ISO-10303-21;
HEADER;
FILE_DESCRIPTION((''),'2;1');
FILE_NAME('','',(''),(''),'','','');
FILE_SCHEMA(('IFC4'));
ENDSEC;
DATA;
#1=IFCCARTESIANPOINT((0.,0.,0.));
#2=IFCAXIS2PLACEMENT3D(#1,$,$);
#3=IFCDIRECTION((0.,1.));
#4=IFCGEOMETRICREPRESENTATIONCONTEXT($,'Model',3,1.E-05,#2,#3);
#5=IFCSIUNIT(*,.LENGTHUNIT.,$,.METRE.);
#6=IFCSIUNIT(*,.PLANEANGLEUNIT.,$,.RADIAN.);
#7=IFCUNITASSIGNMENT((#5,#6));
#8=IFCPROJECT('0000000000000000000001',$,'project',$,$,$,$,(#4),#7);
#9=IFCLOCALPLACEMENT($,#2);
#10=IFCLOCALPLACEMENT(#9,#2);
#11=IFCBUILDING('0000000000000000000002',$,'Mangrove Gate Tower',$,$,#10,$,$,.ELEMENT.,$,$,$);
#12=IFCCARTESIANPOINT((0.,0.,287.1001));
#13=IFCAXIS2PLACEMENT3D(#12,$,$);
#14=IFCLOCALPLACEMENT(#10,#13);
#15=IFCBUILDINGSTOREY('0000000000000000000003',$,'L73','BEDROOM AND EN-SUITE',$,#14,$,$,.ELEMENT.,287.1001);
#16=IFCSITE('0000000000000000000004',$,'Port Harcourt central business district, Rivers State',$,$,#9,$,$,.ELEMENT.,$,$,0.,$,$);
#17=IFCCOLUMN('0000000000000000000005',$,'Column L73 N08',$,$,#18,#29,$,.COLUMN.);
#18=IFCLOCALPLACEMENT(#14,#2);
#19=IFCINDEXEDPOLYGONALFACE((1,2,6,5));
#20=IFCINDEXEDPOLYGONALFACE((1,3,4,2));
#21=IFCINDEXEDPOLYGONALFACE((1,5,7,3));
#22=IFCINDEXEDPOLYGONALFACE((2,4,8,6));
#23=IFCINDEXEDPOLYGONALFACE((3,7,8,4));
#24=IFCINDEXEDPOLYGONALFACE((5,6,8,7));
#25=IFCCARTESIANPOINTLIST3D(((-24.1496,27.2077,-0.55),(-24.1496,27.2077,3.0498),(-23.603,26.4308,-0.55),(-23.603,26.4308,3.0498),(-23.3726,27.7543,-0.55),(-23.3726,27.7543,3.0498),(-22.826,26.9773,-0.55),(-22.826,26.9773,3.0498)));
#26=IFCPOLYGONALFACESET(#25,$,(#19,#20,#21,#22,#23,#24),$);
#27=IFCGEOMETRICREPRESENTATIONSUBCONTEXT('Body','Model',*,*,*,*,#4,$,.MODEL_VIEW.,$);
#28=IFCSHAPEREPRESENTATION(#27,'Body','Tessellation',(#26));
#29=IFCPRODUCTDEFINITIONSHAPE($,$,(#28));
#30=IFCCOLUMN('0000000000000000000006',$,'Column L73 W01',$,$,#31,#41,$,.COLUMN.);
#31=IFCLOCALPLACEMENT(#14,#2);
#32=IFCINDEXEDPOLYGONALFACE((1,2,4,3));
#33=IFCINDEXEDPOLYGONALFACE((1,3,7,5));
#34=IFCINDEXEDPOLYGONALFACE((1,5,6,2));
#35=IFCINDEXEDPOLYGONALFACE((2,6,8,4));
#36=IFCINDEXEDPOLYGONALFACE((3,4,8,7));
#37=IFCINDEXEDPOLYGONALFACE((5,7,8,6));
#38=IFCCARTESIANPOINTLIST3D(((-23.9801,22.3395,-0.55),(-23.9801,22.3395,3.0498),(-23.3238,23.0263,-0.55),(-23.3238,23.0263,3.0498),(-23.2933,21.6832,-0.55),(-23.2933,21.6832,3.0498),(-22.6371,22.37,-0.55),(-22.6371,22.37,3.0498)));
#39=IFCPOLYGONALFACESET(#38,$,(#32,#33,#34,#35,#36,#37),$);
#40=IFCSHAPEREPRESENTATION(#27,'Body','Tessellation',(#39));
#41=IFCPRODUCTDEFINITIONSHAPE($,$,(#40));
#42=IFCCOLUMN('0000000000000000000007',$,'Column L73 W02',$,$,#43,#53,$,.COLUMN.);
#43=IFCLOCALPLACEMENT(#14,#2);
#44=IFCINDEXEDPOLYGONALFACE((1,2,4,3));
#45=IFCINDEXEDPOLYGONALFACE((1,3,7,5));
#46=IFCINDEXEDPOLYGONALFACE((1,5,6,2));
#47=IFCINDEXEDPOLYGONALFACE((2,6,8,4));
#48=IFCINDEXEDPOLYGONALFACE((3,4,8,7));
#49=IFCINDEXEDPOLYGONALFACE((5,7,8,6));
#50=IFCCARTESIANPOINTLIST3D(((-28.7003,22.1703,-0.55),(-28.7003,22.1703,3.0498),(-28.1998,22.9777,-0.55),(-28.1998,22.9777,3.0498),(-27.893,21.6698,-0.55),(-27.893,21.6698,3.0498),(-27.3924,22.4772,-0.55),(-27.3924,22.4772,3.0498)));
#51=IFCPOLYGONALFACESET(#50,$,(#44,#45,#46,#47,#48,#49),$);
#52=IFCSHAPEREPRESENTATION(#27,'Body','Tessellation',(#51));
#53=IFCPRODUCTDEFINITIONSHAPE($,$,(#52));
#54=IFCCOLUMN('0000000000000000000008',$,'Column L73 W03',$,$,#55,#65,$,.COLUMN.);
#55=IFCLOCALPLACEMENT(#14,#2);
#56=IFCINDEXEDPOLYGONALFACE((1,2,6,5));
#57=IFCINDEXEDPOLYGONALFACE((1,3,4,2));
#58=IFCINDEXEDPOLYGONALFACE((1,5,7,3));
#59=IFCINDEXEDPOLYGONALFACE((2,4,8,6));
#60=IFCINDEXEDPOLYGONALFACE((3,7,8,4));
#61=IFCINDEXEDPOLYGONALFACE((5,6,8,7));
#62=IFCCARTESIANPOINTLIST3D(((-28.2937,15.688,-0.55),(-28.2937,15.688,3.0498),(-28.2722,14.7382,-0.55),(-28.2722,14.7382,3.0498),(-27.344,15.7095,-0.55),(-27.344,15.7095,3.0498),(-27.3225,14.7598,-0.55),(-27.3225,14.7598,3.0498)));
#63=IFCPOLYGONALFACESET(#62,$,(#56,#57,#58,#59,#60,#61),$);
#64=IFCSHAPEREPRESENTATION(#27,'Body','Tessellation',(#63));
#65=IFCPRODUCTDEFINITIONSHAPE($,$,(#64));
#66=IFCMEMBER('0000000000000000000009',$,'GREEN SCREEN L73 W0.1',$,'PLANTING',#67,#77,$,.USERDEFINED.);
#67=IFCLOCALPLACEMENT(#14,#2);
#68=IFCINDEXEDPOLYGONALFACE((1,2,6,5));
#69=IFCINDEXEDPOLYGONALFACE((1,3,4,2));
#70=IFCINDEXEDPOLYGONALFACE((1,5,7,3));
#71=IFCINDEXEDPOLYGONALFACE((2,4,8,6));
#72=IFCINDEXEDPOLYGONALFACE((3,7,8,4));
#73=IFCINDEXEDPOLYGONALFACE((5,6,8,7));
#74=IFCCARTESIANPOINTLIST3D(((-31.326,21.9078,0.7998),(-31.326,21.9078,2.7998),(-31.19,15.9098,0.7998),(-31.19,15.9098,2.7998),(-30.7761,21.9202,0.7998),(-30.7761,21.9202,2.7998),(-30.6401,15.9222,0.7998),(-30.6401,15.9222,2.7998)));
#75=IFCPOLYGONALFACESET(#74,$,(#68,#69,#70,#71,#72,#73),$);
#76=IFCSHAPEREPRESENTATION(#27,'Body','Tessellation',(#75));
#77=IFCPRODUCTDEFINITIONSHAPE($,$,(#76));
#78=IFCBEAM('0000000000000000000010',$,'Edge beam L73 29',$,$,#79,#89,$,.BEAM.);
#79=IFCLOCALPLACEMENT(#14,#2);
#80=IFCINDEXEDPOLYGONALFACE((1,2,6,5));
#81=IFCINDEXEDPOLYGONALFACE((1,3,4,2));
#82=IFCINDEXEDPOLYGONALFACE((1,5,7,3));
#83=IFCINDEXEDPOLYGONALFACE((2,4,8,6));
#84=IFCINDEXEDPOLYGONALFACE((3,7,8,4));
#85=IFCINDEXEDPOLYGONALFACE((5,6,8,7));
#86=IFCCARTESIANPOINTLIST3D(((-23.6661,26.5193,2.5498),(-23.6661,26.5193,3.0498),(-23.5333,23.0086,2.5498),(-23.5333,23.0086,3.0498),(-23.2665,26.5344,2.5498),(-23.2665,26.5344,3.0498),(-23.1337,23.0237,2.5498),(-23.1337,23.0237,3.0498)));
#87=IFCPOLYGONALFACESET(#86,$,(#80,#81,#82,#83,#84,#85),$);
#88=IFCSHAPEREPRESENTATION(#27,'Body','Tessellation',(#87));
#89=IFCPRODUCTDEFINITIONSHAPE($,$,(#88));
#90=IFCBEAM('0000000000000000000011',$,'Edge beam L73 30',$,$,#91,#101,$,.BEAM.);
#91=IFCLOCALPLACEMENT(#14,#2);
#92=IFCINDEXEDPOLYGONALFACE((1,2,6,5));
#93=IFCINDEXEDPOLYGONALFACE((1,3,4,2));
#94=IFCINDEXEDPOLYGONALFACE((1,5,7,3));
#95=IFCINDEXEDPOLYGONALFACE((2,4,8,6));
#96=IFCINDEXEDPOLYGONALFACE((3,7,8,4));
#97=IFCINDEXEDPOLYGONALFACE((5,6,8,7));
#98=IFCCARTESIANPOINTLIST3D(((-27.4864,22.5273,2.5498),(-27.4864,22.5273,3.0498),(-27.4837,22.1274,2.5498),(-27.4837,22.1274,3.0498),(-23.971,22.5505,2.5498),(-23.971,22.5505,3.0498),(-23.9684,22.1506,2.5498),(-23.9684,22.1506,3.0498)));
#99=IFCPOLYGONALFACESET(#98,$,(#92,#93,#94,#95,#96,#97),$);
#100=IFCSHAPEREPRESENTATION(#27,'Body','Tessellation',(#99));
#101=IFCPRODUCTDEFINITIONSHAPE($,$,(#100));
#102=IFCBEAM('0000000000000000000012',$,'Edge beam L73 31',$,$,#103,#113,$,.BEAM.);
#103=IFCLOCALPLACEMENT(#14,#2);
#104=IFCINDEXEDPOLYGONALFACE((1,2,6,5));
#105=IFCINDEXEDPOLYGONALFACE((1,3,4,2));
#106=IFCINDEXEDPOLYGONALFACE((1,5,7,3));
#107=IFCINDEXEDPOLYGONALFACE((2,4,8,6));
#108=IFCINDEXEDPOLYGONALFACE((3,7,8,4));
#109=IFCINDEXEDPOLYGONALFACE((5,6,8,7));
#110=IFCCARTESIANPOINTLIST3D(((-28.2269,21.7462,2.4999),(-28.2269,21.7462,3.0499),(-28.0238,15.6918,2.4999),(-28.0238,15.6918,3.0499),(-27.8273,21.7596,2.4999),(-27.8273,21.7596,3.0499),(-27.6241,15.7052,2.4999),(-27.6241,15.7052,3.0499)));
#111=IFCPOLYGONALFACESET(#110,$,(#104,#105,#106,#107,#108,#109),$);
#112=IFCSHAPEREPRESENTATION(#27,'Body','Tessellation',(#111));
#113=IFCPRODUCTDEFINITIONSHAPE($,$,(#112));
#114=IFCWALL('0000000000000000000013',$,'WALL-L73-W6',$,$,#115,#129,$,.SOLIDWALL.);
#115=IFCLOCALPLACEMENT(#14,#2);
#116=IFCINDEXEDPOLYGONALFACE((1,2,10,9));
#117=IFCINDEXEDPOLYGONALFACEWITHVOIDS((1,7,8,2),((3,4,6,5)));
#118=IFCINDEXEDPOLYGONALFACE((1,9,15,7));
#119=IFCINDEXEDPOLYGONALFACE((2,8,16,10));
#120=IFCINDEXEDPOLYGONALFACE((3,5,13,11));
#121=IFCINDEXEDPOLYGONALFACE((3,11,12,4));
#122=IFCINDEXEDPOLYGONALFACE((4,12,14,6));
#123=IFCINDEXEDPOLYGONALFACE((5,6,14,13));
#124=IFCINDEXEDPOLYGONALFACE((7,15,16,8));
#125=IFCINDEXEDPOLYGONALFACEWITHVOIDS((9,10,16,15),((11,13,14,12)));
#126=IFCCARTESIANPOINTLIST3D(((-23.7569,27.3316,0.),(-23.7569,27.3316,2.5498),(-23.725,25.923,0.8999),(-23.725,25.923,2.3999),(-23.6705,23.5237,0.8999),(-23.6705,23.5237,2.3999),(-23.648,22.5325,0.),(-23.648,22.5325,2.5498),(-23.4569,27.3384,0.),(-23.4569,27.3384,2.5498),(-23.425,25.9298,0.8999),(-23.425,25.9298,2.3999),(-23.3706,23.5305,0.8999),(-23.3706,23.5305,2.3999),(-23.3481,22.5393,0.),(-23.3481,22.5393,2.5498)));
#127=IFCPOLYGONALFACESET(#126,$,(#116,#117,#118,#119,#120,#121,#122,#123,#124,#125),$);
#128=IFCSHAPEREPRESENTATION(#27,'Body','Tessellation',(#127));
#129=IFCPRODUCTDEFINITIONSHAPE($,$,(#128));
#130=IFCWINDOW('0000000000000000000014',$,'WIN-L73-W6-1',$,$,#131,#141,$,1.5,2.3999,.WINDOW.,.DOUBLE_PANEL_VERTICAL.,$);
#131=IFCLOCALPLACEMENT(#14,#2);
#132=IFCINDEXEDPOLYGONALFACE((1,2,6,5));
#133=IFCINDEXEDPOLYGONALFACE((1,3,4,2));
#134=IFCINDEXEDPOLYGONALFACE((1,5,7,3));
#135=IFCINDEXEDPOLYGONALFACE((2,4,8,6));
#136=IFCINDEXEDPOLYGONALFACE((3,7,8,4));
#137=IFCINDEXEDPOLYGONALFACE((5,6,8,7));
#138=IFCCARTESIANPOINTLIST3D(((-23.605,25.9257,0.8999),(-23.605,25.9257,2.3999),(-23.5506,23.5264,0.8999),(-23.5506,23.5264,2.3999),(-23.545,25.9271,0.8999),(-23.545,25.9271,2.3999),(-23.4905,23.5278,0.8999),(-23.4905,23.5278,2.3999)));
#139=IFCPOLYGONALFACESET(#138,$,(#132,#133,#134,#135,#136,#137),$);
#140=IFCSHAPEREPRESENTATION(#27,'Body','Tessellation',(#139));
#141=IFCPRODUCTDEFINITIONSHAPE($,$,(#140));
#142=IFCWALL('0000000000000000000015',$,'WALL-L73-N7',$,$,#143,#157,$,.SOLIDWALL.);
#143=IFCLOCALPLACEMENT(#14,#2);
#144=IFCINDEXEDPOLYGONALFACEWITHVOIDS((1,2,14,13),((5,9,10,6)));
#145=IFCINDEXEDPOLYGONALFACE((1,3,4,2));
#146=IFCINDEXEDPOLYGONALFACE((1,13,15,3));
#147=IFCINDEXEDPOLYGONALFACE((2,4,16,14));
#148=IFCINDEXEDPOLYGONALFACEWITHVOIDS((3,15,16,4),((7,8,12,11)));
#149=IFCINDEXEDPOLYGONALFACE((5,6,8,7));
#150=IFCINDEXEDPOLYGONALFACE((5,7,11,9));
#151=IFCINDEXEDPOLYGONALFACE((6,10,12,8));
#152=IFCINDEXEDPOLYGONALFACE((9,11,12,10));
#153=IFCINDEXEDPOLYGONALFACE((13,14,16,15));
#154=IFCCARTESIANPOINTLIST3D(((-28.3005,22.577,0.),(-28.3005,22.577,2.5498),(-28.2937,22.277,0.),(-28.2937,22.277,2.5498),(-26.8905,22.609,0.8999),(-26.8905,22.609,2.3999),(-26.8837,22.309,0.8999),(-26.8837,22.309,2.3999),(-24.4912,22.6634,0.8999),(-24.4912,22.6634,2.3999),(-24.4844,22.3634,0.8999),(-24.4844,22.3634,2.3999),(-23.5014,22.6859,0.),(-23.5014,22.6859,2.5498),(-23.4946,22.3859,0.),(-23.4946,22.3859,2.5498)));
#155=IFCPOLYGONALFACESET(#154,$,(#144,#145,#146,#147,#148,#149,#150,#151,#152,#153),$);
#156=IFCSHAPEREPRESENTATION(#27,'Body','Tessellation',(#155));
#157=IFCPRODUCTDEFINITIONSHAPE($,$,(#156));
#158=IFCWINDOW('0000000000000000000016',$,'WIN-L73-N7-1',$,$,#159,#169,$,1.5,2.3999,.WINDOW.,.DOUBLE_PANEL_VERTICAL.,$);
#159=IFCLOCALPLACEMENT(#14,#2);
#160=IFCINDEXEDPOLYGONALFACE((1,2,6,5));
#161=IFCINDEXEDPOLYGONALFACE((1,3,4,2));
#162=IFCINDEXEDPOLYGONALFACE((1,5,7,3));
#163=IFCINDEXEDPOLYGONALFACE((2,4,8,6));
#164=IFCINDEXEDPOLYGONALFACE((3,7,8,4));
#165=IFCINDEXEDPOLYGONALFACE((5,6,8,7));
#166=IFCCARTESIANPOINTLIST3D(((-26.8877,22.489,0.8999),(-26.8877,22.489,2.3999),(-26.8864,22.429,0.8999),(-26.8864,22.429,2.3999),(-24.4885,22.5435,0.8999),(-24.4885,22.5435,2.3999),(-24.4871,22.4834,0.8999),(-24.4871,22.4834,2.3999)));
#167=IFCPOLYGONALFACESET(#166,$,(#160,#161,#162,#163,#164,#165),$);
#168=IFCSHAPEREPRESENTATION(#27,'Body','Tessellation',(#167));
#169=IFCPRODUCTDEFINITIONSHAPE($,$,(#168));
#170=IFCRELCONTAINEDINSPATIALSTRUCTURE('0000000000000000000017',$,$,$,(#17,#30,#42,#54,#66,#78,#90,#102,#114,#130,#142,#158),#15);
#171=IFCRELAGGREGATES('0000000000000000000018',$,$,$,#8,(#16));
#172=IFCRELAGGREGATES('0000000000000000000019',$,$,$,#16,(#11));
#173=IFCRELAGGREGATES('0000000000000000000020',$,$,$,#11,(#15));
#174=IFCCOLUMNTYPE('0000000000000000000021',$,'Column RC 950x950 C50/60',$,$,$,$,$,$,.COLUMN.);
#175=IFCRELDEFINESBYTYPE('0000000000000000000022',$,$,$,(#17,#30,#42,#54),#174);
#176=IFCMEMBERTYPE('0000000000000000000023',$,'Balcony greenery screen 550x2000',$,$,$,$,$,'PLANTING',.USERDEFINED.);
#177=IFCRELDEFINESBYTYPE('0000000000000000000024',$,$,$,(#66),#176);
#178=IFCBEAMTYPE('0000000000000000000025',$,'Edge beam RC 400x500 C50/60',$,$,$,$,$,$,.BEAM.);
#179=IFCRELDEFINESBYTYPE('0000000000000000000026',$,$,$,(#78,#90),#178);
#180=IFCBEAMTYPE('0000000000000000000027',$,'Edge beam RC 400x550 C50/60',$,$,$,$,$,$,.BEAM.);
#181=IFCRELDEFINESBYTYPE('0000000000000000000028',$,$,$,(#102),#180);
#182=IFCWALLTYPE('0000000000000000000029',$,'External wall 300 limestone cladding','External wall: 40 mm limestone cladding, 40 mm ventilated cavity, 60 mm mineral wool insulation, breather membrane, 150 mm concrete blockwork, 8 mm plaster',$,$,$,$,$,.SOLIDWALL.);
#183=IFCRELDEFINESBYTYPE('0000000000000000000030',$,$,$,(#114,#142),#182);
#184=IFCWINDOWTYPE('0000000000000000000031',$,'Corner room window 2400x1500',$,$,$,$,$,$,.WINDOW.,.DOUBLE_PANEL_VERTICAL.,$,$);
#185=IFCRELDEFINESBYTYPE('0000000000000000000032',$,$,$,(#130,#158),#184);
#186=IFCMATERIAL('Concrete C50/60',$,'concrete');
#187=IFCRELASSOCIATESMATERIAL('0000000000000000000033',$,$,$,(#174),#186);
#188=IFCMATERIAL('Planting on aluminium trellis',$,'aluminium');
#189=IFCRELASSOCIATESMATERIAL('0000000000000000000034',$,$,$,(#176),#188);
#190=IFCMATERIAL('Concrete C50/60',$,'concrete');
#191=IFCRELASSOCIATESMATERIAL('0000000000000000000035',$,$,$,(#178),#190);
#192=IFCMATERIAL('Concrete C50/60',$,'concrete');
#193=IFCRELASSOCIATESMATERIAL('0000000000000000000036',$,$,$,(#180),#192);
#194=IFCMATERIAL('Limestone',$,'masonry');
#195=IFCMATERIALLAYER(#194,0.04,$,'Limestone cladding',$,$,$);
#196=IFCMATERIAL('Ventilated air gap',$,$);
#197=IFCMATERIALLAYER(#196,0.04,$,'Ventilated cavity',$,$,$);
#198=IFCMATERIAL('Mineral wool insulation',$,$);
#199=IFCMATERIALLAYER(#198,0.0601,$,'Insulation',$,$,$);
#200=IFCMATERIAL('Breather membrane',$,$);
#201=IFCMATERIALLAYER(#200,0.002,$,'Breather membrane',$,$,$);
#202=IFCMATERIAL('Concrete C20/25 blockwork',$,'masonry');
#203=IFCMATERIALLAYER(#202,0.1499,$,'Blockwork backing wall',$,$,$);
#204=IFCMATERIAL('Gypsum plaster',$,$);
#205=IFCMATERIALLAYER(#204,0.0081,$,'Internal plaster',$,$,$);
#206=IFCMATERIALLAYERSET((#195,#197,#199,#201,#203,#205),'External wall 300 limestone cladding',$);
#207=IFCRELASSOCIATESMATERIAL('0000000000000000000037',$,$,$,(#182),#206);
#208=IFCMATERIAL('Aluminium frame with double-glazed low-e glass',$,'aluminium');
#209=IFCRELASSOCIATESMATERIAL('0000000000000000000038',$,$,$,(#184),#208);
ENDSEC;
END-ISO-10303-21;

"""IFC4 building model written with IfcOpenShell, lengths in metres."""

from ifc_helpers import new_model, si_unit, direction, frame, frame_2d, origin, origin_2d, place, context, subcontext, project, spatial, rectangle, extrude, material, layer, layer_set, material_profile, profile_set, type_object, element, fill, save


model = new_model("IFC4")

# Units and contexts
model_context = context("Model", 3, precision=1e-05, world=origin(), true_north=direction((0.0, 1.0)))
body_context = subcontext(model_context, "Body", "Model", "MODEL_VIEW")
ifc_project = project(units=[si_unit("LENGTHUNIT", "METRE"), si_unit("PLANEANGLEUNIT", "RADIAN")], contexts=[model_context])

# Site, building, storey
site_placement = place(None, origin())
site = spatial("IfcSite", under=ifc_project, at=site_placement, Name="Port Harcourt central business district, Rivers State", CompositionType="ELEMENT", RefElevation=0.0)
building_placement = place(site_placement, origin())
building = spatial("IfcBuilding", under=site, at=building_placement, Name="Mangrove Gate Tower", CompositionType="ELEMENT")
storey_placement = place(building_placement, frame((0.0, 0.0, 287.1001)))
storey = spatial("IfcBuildingStorey", under=building, at=storey_placement, Name="L73", Description="BEDROOM AND EN-SUITE", CompositionType="ELEMENT", Elevation=287.1001)

# Columns
ifc_material_1 = material(Name="Concrete C50/60", Category="concrete")
ifc_material_profile_1 = material_profile(ifc_material_1, rectangle(XDim=0.95, YDim=0.95, at=origin_2d()))
ifc_profile_set_1 = profile_set([ifc_material_profile_1], Name="Concrete C50/60")
column_type = type_object("IfcColumnType", Name="Column RC 950x950 C50/60", PredefinedType="COLUMN", material=ifc_profile_set_1)
for number, where, z_axis, x_axis, name in (
    (1, (-23.4878, 27.0925, -0.55), (0.0, 0.0, 1.0), (-0.817889, -0.575376, 0.0), "Column L73 N08"),
    (2, (-23.3086, 22.3547, -0.55), (0.0, 0.0, 1.0), (-0.690865, -0.722984, 0.0), "Column L73 W01"),
    (3, (-28.0464, 22.3237, -0.55), (0.0, 0.0, 1.0), (-0.526907, -0.849923, 0.0), "Column L73 W02"),
    (4, (-27.8081, 15.2239, -0.55), (0.0, 0.0, 1.0), (0.022683, -0.999743, 0.0), "Column L73 W03"),
):
    element("IfcColumn", number, at=place(storey_placement, frame(where, z_axis=z_axis, x_axis=x_axis)), inside=storey, type_object=column_type, Name=name, PredefinedType="COLUMN", context=body_context, shape_type="SweptSolid", body=[
        extrude(rectangle(XDim=0.95, YDim=0.95, at=origin_2d()), origin(), (0.0, 0.0, 1.0), 3.5999),
    ])

# Member
ifc_material_2 = material(Name="Planting on aluminium trellis", Category="aluminium")
ifc_material_profile_2 = material_profile(ifc_material_2, rectangle(XDim=0.55, YDim=2.0, at=origin_2d()))
ifc_profile_set_2 = profile_set([ifc_material_profile_2], Name="Planting on aluminium trellis")
member_type = type_object("IfcMemberType", Name="Balcony greenery screen 550x2000", ElementType="PLANTING", PredefinedType="USERDEFINED", material=ifc_profile_set_2)
member_placement = place(storey_placement, frame((-30.915, 15.916, 1.7998), z_axis=(-0.022666, 0.999743, 0.0), x_axis=(-0.999743, -0.022666, 0.0)))
element("IfcMember", 5, at=member_placement, inside=storey, type_object=member_type, Name="GREEN SCREEN L73 W0.1", ObjectType="PLANTING", PredefinedType="USERDEFINED", context=body_context, shape_type="SweptSolid", body=[
    extrude(rectangle(XDim=0.55, YDim=2.0, at=origin_2d()), origin(), (0.0, 0.0, 1.0), 5.9995),
])

# Beams
ifc_material_3 = material(Name="Concrete C50/60", Category="concrete")
ifc_material_profile_3 = material_profile(ifc_material_3, rectangle(XDim=0.3999, YDim=0.5, at=origin_2d()))
ifc_profile_set_3 = profile_set([ifc_material_profile_3], Name="Concrete C50/60")
beam_type_1 = type_object("IfcBeamType", Name="Edge beam RC 400x500 C50/60", PredefinedType="BEAM", material=ifc_profile_set_3)
beam_1_placement = place(storey_placement, frame((-23.4663, 26.5269, 2.7998), z_axis=(0.037803, -0.999285, 0.0), x_axis=(0.999285, 0.037803, 0.0)))
element("IfcBeam", 6, at=beam_1_placement, inside=storey, type_object=beam_type_1, Name="Edge beam L73 29", PredefinedType="BEAM", context=body_context, shape_type="SweptSolid", body=[
    extrude(rectangle(XDim=0.3999, YDim=0.5, at=origin_2d()), origin(), (0.0, 0.0, 1.0), 3.5132),
])
beam_2_placement = place(storey_placement, frame((-23.9697, 22.3506, 2.7998), z_axis=(-0.999978, -0.006598, 0.0), x_axis=(0.006598, -0.999978, 0.0)))
element("IfcBeam", 7, at=beam_2_placement, inside=storey, type_object=beam_type_1, Name="Edge beam L73 30", PredefinedType="BEAM", context=body_context, shape_type="SweptSolid", body=[
    extrude(rectangle(XDim=0.3999, YDim=0.5, at=origin_2d()), origin(), (0.0, 0.0, 1.0), 3.5154),
])
ifc_material_4 = material(Name="Concrete C50/60", Category="concrete")
ifc_material_profile_4 = material_profile(ifc_material_4, rectangle(XDim=0.3999, YDim=0.55, at=origin_2d()))
ifc_profile_set_4 = profile_set([ifc_material_profile_4], Name="Concrete C50/60")
beam_type_2 = type_object("IfcBeamType", Name="Edge beam RC 400x550 C50/60", PredefinedType="BEAM", material=ifc_profile_set_4)
beam_3_placement = place(storey_placement, frame((-28.0271, 21.7529, 2.7749), z_axis=(0.033531, -0.999438, 0.0), x_axis=(0.999438, 0.033531, 0.0)))
element("IfcBeam", 8, at=beam_3_placement, inside=storey, type_object=beam_type_2, Name="Edge beam L73 31", PredefinedType="BEAM", context=body_context, shape_type="SweptSolid", body=[
    extrude(rectangle(XDim=0.3999, YDim=0.55, at=origin_2d()), origin(), (0.0, 0.0, 1.0), 6.0579),
])

# Walls, openings, windows
ifc_material_5 = material(Name="Limestone", Category="masonry")
ifc_layer_1 = layer(ifc_material_5, 0.04, Name="Limestone cladding")
ifc_material_6 = material(Name="Ventilated air gap")
ifc_layer_2 = layer(ifc_material_6, 0.04, Name="Ventilated cavity")
ifc_material_7 = material(Name="Mineral wool insulation")
ifc_layer_3 = layer(ifc_material_7, 0.0601, Name="Insulation")
ifc_material_8 = material(Name="Breather membrane")
ifc_layer_4 = layer(ifc_material_8, 0.002, Name="Breather membrane")
ifc_material_9 = material(Name="Concrete C20/25 blockwork", Category="masonry")
ifc_layer_5 = layer(ifc_material_9, 0.1499, Name="Blockwork backing wall")
ifc_material_10 = material(Name="Gypsum plaster")
ifc_layer_6 = layer(ifc_material_10, 0.0081, Name="Internal plaster")
ifc_layer_set_1 = layer_set([ifc_layer_1, ifc_layer_2, ifc_layer_3, ifc_layer_4, ifc_layer_5, ifc_layer_6], Name="External wall 300 limestone cladding")
wall_type_1 = type_object("IfcWallType", Name="External wall 300 limestone cladding", Description="External wall: 40 mm limestone cladding, 40 mm ventilated cavity, 60 mm mineral wool insulation, breather membrane, 150 mm concrete blockwork, 8 mm plaster", PredefinedType="SOLIDWALL", material=ifc_layer_set_1)
wall_1_placement = place(storey_placement, frame((-23.6069, 27.335, 0.0), z_axis=(0.0, 0.0, 1.0), x_axis=(0.022683, -0.999743, 0.0)))
wall_1 = element("IfcWall", 9, at=wall_1_placement, inside=storey, type_object=wall_type_1, Name="WALL-L73-W6", PredefinedType="SOLIDWALL", context=body_context, shape_type="SweptSolid", body=[
    extrude(rectangle(XDim=4.8003, YDim=0.3, at=frame_2d((2.4001, 0.0))), origin(), (0.0, 0.0, 1.0), 2.5498),
])
opening_1_placement = place(wall_1_placement, frame((1.4089, 0.0, 0.8999)))
opening_1 = element("IfcOpeningElement", 10, at=opening_1_placement, cuts=wall_1, PredefinedType="OPENING", context=body_context, shape_type="SweptSolid", body=[
    extrude(rectangle(XDim=2.3999, YDim=1.5, at=frame_2d((1.2, 0.75))), frame((0.0, 0.1599, 0.0), z_axis=(0.0, -1.0, 0.0), x_axis=(1.0, 0.0, 0.0)), (0.0, 0.0, 1.0), 0.3201),
])
ifc_material_11 = material(Name="Aluminium frame with double-glazed low-e glass", Category="aluminium")
window_type = type_object("IfcWindowType", Name="Corner room window 2400x1500", PartitioningType="DOUBLE_PANEL_VERTICAL", PredefinedType="WINDOW", material=ifc_material_11)
window_1_placement = place(opening_1_placement, origin())
window_1 = element("IfcWindow", 11, at=window_1_placement, inside=storey, type_object=window_type, Name="WIN-L73-W6-1", OverallHeight=1.5, OverallWidth=2.3999, PartitioningType="DOUBLE_PANEL_VERTICAL", PredefinedType="WINDOW", context=body_context, shape_type="SweptSolid", body=[
    extrude(rectangle(XDim=2.3999, YDim=1.5, at=frame_2d((1.2, 0.75))), frame((0.0, 0.03, 0.0), z_axis=(0.0, -1.0, 0.0), x_axis=(1.0, 0.0, 0.0)), (0.0, 0.0, 1.0), 0.0601),
])
fill(opening_1, window_1)
wall_2_placement = place(storey_placement, frame((-23.498, 22.5359, 0.0), z_axis=(0.0, 0.0, 1.0), x_axis=(-0.999743, -0.022683, 0.0)))
wall_2 = element("IfcWall", 12, at=wall_2_placement, inside=storey, type_object=wall_type_1, Name="WALL-L73-N7", PredefinedType="SOLIDWALL", context=body_context, shape_type="SweptSolid", body=[
    extrude(rectangle(XDim=4.8003, YDim=0.3, at=frame_2d((2.4001, 0.0))), origin(), (0.0, 0.0, 1.0), 2.5498),
])
opening_2_placement = place(wall_2_placement, frame((0.99, 0.0, 0.8999)))
opening_2 = element("IfcOpeningElement", 13, at=opening_2_placement, cuts=wall_2, PredefinedType="OPENING", context=body_context, shape_type="SweptSolid", body=[
    extrude(rectangle(XDim=2.3999, YDim=1.5, at=frame_2d((1.2, 0.75))), frame((0.0, 0.1599, 0.0), z_axis=(0.0, -1.0, 0.0), x_axis=(1.0, 0.0, 0.0)), (0.0, 0.0, 1.0), 0.3201),
])
window_2_placement = place(opening_2_placement, origin())
window_2 = element("IfcWindow", 14, at=window_2_placement, inside=storey, type_object=window_type, Name="WIN-L73-N7-1", OverallHeight=1.5, OverallWidth=2.3999, PartitioningType="DOUBLE_PANEL_VERTICAL", PredefinedType="WINDOW", context=body_context, shape_type="SweptSolid", body=[
    extrude(rectangle(XDim=2.3999, YDim=1.5, at=frame_2d((1.2, 0.75))), frame((0.0, 0.03, 0.0), z_axis=(0.0, -1.0, 0.0), x_axis=(1.0, 0.0, 0.0)), (0.0, 0.0, 1.0), 0.0601),
])
fill(opening_2, window_2)

save(model, "model.ifc")
